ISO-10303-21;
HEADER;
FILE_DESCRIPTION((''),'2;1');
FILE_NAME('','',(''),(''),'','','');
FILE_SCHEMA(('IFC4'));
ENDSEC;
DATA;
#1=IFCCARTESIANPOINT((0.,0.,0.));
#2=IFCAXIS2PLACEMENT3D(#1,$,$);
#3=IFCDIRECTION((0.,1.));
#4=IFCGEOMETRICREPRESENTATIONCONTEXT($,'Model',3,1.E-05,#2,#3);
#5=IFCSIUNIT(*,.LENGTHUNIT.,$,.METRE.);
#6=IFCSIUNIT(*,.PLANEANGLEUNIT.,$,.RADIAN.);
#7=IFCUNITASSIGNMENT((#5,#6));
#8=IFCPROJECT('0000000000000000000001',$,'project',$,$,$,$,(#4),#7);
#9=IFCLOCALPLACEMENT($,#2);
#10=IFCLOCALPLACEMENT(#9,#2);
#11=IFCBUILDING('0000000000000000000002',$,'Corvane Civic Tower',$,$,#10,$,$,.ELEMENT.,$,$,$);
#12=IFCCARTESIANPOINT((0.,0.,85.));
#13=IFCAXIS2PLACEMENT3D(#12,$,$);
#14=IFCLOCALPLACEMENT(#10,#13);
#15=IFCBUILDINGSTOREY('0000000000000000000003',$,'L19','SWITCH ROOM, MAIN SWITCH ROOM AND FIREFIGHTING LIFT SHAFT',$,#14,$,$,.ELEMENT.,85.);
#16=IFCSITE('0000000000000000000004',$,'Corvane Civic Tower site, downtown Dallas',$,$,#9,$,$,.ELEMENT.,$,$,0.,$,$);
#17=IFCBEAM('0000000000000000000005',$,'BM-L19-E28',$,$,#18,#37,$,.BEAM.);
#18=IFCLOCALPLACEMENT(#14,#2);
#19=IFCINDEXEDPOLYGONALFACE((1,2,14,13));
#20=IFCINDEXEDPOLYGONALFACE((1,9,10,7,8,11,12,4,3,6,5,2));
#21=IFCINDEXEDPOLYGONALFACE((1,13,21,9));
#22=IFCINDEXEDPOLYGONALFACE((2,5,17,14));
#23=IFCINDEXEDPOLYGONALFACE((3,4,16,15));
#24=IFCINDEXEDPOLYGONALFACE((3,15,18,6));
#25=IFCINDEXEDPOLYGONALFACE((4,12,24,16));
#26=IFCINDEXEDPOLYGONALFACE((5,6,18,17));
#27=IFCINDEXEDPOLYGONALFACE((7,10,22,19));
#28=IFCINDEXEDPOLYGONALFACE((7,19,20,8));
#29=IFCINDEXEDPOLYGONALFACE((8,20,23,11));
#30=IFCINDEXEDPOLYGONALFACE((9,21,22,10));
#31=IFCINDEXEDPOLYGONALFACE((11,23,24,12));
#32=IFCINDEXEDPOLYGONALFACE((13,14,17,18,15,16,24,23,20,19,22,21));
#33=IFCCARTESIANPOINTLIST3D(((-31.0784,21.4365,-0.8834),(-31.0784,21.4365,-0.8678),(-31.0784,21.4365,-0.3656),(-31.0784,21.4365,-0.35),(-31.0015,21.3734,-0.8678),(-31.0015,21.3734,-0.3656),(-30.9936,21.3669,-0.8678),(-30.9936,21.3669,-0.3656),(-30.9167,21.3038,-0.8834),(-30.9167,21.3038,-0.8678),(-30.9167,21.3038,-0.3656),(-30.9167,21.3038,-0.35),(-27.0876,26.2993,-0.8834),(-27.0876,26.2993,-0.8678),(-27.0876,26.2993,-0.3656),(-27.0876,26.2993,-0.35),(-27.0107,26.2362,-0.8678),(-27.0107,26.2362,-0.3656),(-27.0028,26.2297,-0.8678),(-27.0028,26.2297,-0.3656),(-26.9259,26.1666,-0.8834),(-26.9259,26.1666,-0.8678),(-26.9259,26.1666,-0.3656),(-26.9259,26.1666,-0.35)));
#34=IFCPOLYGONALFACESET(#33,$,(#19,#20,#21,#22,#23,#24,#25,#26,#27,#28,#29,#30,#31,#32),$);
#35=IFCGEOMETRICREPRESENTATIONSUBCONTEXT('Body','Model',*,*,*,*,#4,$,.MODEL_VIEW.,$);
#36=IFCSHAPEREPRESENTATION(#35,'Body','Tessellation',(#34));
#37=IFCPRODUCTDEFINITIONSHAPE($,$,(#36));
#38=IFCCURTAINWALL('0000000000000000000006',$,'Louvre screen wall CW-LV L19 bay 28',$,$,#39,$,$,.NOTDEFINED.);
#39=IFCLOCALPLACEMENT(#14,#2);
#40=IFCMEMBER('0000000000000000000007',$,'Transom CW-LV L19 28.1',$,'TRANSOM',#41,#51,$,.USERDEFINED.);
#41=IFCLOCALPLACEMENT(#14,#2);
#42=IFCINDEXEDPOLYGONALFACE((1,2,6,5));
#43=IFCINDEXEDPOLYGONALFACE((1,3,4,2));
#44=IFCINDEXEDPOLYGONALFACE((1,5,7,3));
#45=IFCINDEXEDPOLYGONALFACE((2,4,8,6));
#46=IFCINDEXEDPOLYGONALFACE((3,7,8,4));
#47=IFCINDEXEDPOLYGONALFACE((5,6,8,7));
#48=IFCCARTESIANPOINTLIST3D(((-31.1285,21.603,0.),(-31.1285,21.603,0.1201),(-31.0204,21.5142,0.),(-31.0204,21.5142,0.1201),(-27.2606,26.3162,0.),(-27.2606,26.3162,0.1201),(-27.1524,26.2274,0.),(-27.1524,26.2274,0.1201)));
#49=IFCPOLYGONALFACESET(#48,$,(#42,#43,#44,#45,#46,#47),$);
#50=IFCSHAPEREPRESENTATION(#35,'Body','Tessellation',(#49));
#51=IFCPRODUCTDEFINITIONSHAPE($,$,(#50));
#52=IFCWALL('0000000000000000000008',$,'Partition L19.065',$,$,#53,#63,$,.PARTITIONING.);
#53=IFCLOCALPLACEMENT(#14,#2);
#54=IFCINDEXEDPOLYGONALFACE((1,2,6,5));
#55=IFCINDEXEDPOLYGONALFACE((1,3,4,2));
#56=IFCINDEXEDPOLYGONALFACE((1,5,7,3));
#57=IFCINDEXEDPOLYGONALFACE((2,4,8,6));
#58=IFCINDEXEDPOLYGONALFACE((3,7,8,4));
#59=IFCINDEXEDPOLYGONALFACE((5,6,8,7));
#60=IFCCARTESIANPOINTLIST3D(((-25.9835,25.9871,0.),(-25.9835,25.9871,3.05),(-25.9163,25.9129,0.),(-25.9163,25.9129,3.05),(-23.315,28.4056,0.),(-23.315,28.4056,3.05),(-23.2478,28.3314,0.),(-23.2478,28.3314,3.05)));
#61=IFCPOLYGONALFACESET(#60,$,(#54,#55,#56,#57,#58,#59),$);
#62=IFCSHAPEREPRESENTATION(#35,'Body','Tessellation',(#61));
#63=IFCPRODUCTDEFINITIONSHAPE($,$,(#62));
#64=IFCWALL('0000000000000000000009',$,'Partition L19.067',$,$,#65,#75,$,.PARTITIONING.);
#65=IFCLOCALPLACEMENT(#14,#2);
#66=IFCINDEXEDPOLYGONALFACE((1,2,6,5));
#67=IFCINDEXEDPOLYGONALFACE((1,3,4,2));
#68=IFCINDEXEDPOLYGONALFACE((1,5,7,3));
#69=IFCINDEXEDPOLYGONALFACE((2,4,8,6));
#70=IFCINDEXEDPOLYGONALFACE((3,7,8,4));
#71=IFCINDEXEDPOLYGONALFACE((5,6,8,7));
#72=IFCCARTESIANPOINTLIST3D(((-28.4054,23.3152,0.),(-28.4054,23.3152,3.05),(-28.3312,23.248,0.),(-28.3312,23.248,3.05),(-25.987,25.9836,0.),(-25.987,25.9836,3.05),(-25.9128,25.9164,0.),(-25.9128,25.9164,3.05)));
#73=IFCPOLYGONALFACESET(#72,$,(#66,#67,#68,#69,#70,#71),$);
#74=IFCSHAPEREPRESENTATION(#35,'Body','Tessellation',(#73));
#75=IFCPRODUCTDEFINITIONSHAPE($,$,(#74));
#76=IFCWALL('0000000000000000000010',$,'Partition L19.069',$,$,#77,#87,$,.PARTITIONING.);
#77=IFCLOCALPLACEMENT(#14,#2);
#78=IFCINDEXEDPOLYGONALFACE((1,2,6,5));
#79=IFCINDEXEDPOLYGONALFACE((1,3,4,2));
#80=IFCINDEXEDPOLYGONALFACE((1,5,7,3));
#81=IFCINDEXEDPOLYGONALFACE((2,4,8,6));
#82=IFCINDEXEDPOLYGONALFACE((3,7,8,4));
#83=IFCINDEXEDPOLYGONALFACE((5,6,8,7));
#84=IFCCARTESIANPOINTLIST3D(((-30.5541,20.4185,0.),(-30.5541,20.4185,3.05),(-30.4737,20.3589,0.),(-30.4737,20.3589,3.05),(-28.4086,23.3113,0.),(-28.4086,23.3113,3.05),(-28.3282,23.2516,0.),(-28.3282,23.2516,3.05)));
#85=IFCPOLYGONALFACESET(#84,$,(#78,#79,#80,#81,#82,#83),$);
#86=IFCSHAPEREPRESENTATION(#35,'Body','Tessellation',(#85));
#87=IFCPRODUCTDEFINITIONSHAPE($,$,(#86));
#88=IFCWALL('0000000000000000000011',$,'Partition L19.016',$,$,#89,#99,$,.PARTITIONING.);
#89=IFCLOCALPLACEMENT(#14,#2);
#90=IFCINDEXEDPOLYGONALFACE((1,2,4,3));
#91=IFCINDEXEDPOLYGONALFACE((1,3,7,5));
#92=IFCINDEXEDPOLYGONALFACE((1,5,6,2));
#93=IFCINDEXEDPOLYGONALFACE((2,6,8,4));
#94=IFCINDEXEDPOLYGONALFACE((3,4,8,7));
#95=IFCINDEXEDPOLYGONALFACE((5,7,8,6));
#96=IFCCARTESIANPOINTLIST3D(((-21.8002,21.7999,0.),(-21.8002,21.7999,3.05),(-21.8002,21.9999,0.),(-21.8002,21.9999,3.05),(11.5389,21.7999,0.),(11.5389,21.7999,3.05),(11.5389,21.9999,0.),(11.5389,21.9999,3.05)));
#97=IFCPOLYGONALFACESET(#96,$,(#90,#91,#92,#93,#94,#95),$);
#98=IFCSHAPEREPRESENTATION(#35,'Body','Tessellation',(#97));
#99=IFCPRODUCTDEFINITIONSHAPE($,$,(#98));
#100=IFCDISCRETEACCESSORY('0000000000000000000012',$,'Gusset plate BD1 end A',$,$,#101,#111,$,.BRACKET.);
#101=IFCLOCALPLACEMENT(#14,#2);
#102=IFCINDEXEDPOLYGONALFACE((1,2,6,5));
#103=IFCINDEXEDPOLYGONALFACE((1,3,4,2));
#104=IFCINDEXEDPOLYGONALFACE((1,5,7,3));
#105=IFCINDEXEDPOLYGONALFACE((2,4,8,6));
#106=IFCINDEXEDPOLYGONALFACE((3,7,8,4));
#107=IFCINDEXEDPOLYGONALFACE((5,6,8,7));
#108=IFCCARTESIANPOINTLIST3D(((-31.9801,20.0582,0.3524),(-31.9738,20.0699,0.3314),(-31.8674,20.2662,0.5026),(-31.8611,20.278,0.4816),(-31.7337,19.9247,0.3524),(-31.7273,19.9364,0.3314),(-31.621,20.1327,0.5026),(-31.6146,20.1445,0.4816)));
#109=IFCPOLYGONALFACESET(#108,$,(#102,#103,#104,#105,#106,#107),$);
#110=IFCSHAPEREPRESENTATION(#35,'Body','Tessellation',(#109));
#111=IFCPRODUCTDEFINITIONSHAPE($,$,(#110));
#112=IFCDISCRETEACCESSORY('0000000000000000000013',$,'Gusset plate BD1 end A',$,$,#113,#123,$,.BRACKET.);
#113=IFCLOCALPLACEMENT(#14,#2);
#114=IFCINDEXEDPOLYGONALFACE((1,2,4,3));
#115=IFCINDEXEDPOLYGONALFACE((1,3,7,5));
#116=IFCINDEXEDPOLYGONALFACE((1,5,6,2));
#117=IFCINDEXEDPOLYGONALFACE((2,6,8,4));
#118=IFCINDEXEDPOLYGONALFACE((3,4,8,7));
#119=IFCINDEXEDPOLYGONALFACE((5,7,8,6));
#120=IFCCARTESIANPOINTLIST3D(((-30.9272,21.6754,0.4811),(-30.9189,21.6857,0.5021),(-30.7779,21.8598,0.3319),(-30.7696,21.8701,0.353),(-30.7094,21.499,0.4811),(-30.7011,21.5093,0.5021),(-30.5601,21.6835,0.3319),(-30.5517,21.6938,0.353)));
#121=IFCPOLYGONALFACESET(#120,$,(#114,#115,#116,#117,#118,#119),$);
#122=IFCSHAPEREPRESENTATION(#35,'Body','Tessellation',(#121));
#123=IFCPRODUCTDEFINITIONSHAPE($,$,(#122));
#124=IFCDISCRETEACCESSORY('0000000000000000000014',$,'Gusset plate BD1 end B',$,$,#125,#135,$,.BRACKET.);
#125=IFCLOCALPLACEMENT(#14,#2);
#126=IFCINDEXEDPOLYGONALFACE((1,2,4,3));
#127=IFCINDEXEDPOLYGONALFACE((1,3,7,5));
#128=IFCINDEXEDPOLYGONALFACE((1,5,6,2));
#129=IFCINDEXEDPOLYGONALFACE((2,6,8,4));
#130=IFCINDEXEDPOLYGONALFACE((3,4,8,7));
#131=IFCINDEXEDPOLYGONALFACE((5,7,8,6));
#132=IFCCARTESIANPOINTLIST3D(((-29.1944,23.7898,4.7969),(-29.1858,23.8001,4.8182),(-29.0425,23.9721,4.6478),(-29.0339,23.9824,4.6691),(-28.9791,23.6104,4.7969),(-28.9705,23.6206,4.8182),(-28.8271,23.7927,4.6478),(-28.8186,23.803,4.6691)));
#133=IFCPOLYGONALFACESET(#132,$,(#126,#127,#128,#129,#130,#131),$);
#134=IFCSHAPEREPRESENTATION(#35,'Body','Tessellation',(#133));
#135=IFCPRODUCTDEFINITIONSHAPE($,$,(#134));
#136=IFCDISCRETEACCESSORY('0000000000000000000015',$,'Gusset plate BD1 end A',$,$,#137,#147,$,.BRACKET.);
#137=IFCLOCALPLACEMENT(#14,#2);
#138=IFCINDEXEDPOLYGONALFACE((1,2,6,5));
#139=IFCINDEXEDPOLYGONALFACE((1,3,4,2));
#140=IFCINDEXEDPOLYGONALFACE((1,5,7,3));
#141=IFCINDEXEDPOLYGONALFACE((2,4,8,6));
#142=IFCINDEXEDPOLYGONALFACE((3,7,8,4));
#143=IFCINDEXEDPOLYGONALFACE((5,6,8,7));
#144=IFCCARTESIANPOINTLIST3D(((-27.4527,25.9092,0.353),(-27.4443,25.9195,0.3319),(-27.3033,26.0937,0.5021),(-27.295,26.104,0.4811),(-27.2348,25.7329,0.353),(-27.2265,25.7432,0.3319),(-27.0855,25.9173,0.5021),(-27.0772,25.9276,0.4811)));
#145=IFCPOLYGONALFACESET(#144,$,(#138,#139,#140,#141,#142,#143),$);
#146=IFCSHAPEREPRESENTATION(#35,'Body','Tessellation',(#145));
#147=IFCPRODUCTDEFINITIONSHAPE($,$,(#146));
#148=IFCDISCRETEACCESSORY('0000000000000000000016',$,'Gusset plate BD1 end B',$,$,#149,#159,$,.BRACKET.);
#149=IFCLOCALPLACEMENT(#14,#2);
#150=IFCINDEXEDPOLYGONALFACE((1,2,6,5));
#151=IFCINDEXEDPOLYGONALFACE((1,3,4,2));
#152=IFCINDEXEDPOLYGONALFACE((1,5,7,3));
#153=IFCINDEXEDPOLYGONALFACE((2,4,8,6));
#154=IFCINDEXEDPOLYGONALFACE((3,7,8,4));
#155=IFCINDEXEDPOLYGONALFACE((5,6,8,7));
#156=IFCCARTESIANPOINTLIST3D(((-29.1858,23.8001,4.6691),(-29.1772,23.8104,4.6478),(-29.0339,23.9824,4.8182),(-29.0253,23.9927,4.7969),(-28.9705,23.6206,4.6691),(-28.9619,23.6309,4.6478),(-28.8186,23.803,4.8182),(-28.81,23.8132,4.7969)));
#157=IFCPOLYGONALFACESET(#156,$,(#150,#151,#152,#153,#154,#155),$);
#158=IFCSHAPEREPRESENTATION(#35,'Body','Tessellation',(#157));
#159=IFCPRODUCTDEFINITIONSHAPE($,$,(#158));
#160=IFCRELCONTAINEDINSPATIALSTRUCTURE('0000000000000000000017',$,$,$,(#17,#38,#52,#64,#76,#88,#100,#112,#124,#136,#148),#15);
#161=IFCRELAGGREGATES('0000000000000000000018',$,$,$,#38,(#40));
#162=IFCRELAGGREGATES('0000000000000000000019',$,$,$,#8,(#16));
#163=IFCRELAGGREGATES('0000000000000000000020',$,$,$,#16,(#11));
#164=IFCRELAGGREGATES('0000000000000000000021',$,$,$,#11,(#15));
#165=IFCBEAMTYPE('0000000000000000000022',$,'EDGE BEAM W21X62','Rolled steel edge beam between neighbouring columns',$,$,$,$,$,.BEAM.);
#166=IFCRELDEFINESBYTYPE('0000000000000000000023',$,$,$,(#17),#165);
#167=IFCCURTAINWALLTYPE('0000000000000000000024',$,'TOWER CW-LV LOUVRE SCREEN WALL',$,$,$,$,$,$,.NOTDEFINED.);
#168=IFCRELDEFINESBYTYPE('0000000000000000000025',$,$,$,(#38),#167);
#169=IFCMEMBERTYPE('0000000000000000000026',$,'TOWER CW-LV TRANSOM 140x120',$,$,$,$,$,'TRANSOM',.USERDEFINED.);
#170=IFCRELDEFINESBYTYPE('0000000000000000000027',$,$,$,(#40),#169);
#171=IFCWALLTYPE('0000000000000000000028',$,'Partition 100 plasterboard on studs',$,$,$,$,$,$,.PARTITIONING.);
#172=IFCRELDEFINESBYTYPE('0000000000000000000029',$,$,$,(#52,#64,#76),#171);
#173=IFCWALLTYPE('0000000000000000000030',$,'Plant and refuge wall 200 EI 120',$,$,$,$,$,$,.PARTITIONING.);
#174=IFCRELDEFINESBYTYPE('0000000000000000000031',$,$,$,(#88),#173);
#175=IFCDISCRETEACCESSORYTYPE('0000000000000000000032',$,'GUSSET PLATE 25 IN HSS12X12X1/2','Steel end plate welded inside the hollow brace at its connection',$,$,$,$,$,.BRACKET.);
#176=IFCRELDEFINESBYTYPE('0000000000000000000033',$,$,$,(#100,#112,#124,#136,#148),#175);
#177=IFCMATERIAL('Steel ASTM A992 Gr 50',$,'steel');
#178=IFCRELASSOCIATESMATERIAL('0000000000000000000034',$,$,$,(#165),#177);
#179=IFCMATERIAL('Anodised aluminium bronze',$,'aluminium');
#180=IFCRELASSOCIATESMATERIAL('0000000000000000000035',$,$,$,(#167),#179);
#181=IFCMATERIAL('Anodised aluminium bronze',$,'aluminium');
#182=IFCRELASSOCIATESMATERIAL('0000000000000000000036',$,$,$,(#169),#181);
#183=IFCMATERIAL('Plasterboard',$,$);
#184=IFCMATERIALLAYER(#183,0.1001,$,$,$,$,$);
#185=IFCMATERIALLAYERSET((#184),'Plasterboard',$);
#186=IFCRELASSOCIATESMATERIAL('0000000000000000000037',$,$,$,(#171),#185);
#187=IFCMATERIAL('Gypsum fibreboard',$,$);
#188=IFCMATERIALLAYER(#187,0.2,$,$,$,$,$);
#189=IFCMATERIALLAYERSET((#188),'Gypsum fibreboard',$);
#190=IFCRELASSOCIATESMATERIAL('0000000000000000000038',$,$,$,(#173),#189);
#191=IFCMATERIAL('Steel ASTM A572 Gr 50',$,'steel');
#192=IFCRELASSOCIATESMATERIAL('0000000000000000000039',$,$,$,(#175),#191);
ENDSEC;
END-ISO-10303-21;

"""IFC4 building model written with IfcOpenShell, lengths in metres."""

from ifc_helpers import new_model, si_unit, direction, frame, frame_2d, origin, origin_2d, place, context, subcontext, project, spatial, rectangle, i_section, extrude, material, layer, layer_set, material_profile, profile_set, type_object, element, aggregate, save


model = new_model("IFC4")

# Units and contexts
model_context = context("Model", 3, precision=1e-05, world=origin(), true_north=direction((0.0, 1.0)))
body_context = subcontext(model_context, "Body", "Model", "MODEL_VIEW")
ifc_project = project(units=[si_unit("LENGTHUNIT", "METRE"), si_unit("PLANEANGLEUNIT", "RADIAN")], contexts=[model_context])

# Site, building, storey
site_placement = place(None, origin())
site = spatial("IfcSite", under=ifc_project, at=site_placement, Name="Corvane Civic Tower site, downtown Dallas", CompositionType="ELEMENT", RefElevation=0.0)
building_placement = place(site_placement, origin())
building = spatial("IfcBuilding", under=site, at=building_placement, Name="Corvane Civic Tower", CompositionType="ELEMENT")
storey_placement = place(building_placement, frame((0.0, 0.0, 85.0)))
storey = spatial("IfcBuildingStorey", under=building, at=storey_placement, Name="L19", Description="SWITCH ROOM, MAIN SWITCH ROOM AND FIREFIGHTING LIFT SHAFT", CompositionType="ELEMENT", Elevation=85.0)

# Beam
ifc_material_1 = material(Name="Steel ASTM A992 Gr 50", Category="steel")
ifc_material_profile_1 = material_profile(ifc_material_1, i_section(OverallWidth=0.2092, OverallDepth=0.5334, WebThickness=0.0103, FlangeThickness=0.0156, at=origin_2d()), Name="W21X62")
ifc_profile_set_1 = profile_set([ifc_material_profile_1], Name="Steel ASTM A992 Gr 50")
beam_type = type_object("IfcBeamType", Name="EDGE BEAM W21X62", Description="Rolled steel edge beam between neighbouring columns", PredefinedType="BEAM", material=ifc_profile_set_1)
beam_placement = place(storey_placement, frame((-30.9976, 21.3701, -0.6167), z_axis=(0.634387, 0.773016, 0.0), x_axis=(-0.773016, 0.634387, 0.0)))
element("IfcBeam", 1, at=beam_placement, inside=storey, type_object=beam_type, Name="BM-L19-E28", PredefinedType="BEAM", context=body_context, shape_type="SweptSolid", body=[
    extrude(i_section(OverallWidth=0.2092, OverallDepth=0.5334, WebThickness=0.0103, FlangeThickness=0.0156, at=origin_2d()), origin(), (0.0, 0.0, 1.0), 6.2908),
])

# Curtain wall, member
ifc_material_2 = material(Name="Anodised aluminium bronze", Category="aluminium")
curtain_wall_type = type_object("IfcCurtainWallType", Name="TOWER CW-LV LOUVRE SCREEN WALL", PredefinedType="NOTDEFINED", material=ifc_material_2)
curtain_wall_placement = place(storey_placement, origin())
curtain_wall = element("IfcCurtainWall", 2, at=curtain_wall_placement, inside=storey, type_object=curtain_wall_type, Name="Louvre screen wall CW-LV L19 bay 28", PredefinedType="NOTDEFINED")
ifc_material_3 = material(Name="Anodised aluminium bronze", Category="aluminium")
ifc_material_profile_2 = material_profile(ifc_material_3, rectangle(XDim=0.1399, YDim=0.1201, at=origin_2d()), Name="TOWER CW-LV TRANSOM 140x120")
ifc_profile_set_2 = profile_set([ifc_material_profile_2], Name="Anodised aluminium bronze")
member_type_1 = type_object("IfcMemberType", Name="TOWER CW-LV TRANSOM 140x120", ElementType="TRANSOM", PredefinedType="USERDEFINED", material=ifc_profile_set_2)
member_placement = place(storey_placement, frame((-31.0745, 21.5586, 0.0601), z_axis=(0.634388, 0.773014, 0.0), x_axis=(-0.773014, 0.634388, 0.0)))
member = element("IfcMember", 3, at=member_placement, type_object=member_type_1, Name="Transom CW-LV L19 28.1", ObjectType="TRANSOM", PredefinedType="USERDEFINED", context=body_context, shape_type="SweptSolid", body=[
    extrude(rectangle(XDim=0.1399, YDim=0.1201, at=origin_2d()), origin(), (0.0, 0.0, 1.0), 6.0972),
])

# Walls
ifc_material_4 = material(Name="Plasterboard")
ifc_layer_1 = layer(ifc_material_4, 0.1001)
ifc_layer_set_1 = layer_set([ifc_layer_1], Name="Plasterboard")
wall_type_1 = type_object("IfcWallType", Name="Partition 100 plasterboard on studs", PredefinedType="PARTITIONING", material=ifc_layer_set_1)
for number, where, z_axis, x_axis, name in (
    (4, (-25.95, 25.95, 0.0), (0.0, 0.0, 1.0), (0.740964, 0.671545, 0.0), "Partition L19.065"),
    (5, (-28.3684, 23.2815, 0.0), (0.0, 0.0, 1.0), (0.671545, 0.740964, 0.0), "Partition L19.067"),
):
    element("IfcWall", number, at=place(storey_placement, frame(where, z_axis=z_axis, x_axis=x_axis)), inside=storey, type_object=wall_type_1, Name=name, PredefinedType="PARTITIONING", context=body_context, shape_type="SweptSolid", body=[
        extrude(rectangle(XDim=3.6013, YDim=0.1001, at=frame_2d((1.8008, 0.0))), origin(), (0.0, 0.0, 1.0), 3.05),
    ])
wall_1_placement = place(storey_placement, frame((-30.5139, 20.3887, 0.0), z_axis=(0.0, 0.0, 1.0), x_axis=(0.595707, 0.803202, 0.0)))
element("IfcWall", 6, at=wall_1_placement, inside=storey, type_object=wall_type_1, Name="Partition L19.069", PredefinedType="PARTITIONING", context=body_context, shape_type="SweptSolid", body=[
    extrude(rectangle(XDim=3.6016, YDim=0.1001, at=frame_2d((1.8008, 0.0))), origin(), (0.0, 0.0, 1.0), 3.05),
])
ifc_material_5 = material(Name="Gypsum fibreboard")
ifc_layer_2 = layer(ifc_material_5, 0.2)
ifc_layer_set_2 = layer_set([ifc_layer_2], Name="Gypsum fibreboard")
wall_type_2 = type_object("IfcWallType", Name="Plant and refuge wall 200 EI 120", PredefinedType="PARTITIONING", material=ifc_layer_set_2)
wall_2_placement = place(storey_placement, frame((-21.8, 21.8999, 0.0), z_axis=(0.0, 0.0, 1.0), x_axis=(1.0, 0.0, 0.0)))
element("IfcWall", 7, at=wall_2_placement, inside=storey, type_object=wall_type_2, Name="Partition L19.016", PredefinedType="PARTITIONING", context=body_context, shape_type="SweptSolid", body=[
    extrude(rectangle(XDim=33.3391, YDim=0.2, at=frame_2d((16.6694, 0.0))), origin(), (0.0, 0.0, 1.0), 3.05),
])

aggregate(curtain_wall, [member])

# Discrete accessories
ifc_material_6 = material(Name="Steel ASTM A572 Gr 50", Category="steel")
ifc_material_profile_3 = material_profile(ifc_material_6, rectangle(XDim=0.2803, YDim=0.2803, at=origin_2d()), Name="GUSSET PLATE 25 IN HSS12X12X1/2")
ifc_profile_set_3 = profile_set([ifc_material_profile_3], Name="Steel ASTM A572 Gr 50")
discrete_accessory_type = type_object("IfcDiscreteAccessoryType", Name="GUSSET PLATE 25 IN HSS12X12X1/2", Description="Steel end plate welded inside the hollow brace at its connection", PredefinedType="BRACKET", material=ifc_profile_set_3)
for number, where, z_axis, x_axis, name in (
    (8, (-31.7942, 20.1072, 0.4065), (-0.255246, -0.471223, 0.844274), (0.879292, -0.476283, 0.0), "Gusset plate BD1 end A"),
    (9, (-30.7437, 21.6794, 0.4065), (0.334752, 0.413517, 0.846726), (-0.777245, 0.629198, 0.0), "Gusset plate BD1 end A"),
):
    element("IfcDiscreteAccessory", number, at=place(storey_placement, frame(where, z_axis=z_axis, x_axis=x_axis)), inside=storey, type_object=discrete_accessory_type, Name=name, PredefinedType="BRACKET", context=body_context, shape_type="SweptSolid", body=[
        extrude(rectangle(XDim=0.2803, YDim=0.2803, at=origin_2d()), origin(), (0.0, 0.0, 1.0), 0.0249),
    ])
discrete_accessory_1_placement = place(storey_placement, frame((-29.0022, 23.8015, 4.7437), z_axis=(-0.340626, -0.408751, -0.846698), x_axis=(0.768221, -0.640184, 0.0)))
element("IfcDiscreteAccessory", 10, at=discrete_accessory_1_placement, inside=storey, type_object=discrete_accessory_type, Name="Gusset plate BD1 end B", PredefinedType="BRACKET", context=body_context, shape_type="SweptSolid", body=[
    extrude(rectangle(XDim=0.2803, YDim=0.2803, at=origin_2d()), origin(), (0.0, 0.0, 1.0), 0.0251),
])
discrete_accessory_2_placement = place(storey_placement, frame((-27.2607, 25.9236, 0.4065), z_axis=(-0.334752, -0.413517, 0.846726), x_axis=(0.777245, -0.629198, 0.0)))
element("IfcDiscreteAccessory", 11, at=discrete_accessory_2_placement, inside=storey, type_object=discrete_accessory_type, Name="Gusset plate BD1 end A", PredefinedType="BRACKET", context=body_context, shape_type="SweptSolid", body=[
    extrude(rectangle(XDim=0.2803, YDim=0.2803, at=origin_2d()), origin(), (0.0, 0.0, 1.0), 0.0249),
])
discrete_accessory_3_placement = place(storey_placement, frame((-29.0022, 23.8015, 4.7437), z_axis=(0.340626, 0.408751, -0.846698), x_axis=(-0.768221, 0.640184, 0.0)))
element("IfcDiscreteAccessory", 12, at=discrete_accessory_3_placement, inside=storey, type_object=discrete_accessory_type, Name="Gusset plate BD1 end B", PredefinedType="BRACKET", context=body_context, shape_type="SweptSolid", body=[
    extrude(rectangle(XDim=0.2803, YDim=0.2803, at=origin_2d()), origin(), (0.0, 0.0, 1.0), 0.0251),
])

save(model, "model.ifc")
